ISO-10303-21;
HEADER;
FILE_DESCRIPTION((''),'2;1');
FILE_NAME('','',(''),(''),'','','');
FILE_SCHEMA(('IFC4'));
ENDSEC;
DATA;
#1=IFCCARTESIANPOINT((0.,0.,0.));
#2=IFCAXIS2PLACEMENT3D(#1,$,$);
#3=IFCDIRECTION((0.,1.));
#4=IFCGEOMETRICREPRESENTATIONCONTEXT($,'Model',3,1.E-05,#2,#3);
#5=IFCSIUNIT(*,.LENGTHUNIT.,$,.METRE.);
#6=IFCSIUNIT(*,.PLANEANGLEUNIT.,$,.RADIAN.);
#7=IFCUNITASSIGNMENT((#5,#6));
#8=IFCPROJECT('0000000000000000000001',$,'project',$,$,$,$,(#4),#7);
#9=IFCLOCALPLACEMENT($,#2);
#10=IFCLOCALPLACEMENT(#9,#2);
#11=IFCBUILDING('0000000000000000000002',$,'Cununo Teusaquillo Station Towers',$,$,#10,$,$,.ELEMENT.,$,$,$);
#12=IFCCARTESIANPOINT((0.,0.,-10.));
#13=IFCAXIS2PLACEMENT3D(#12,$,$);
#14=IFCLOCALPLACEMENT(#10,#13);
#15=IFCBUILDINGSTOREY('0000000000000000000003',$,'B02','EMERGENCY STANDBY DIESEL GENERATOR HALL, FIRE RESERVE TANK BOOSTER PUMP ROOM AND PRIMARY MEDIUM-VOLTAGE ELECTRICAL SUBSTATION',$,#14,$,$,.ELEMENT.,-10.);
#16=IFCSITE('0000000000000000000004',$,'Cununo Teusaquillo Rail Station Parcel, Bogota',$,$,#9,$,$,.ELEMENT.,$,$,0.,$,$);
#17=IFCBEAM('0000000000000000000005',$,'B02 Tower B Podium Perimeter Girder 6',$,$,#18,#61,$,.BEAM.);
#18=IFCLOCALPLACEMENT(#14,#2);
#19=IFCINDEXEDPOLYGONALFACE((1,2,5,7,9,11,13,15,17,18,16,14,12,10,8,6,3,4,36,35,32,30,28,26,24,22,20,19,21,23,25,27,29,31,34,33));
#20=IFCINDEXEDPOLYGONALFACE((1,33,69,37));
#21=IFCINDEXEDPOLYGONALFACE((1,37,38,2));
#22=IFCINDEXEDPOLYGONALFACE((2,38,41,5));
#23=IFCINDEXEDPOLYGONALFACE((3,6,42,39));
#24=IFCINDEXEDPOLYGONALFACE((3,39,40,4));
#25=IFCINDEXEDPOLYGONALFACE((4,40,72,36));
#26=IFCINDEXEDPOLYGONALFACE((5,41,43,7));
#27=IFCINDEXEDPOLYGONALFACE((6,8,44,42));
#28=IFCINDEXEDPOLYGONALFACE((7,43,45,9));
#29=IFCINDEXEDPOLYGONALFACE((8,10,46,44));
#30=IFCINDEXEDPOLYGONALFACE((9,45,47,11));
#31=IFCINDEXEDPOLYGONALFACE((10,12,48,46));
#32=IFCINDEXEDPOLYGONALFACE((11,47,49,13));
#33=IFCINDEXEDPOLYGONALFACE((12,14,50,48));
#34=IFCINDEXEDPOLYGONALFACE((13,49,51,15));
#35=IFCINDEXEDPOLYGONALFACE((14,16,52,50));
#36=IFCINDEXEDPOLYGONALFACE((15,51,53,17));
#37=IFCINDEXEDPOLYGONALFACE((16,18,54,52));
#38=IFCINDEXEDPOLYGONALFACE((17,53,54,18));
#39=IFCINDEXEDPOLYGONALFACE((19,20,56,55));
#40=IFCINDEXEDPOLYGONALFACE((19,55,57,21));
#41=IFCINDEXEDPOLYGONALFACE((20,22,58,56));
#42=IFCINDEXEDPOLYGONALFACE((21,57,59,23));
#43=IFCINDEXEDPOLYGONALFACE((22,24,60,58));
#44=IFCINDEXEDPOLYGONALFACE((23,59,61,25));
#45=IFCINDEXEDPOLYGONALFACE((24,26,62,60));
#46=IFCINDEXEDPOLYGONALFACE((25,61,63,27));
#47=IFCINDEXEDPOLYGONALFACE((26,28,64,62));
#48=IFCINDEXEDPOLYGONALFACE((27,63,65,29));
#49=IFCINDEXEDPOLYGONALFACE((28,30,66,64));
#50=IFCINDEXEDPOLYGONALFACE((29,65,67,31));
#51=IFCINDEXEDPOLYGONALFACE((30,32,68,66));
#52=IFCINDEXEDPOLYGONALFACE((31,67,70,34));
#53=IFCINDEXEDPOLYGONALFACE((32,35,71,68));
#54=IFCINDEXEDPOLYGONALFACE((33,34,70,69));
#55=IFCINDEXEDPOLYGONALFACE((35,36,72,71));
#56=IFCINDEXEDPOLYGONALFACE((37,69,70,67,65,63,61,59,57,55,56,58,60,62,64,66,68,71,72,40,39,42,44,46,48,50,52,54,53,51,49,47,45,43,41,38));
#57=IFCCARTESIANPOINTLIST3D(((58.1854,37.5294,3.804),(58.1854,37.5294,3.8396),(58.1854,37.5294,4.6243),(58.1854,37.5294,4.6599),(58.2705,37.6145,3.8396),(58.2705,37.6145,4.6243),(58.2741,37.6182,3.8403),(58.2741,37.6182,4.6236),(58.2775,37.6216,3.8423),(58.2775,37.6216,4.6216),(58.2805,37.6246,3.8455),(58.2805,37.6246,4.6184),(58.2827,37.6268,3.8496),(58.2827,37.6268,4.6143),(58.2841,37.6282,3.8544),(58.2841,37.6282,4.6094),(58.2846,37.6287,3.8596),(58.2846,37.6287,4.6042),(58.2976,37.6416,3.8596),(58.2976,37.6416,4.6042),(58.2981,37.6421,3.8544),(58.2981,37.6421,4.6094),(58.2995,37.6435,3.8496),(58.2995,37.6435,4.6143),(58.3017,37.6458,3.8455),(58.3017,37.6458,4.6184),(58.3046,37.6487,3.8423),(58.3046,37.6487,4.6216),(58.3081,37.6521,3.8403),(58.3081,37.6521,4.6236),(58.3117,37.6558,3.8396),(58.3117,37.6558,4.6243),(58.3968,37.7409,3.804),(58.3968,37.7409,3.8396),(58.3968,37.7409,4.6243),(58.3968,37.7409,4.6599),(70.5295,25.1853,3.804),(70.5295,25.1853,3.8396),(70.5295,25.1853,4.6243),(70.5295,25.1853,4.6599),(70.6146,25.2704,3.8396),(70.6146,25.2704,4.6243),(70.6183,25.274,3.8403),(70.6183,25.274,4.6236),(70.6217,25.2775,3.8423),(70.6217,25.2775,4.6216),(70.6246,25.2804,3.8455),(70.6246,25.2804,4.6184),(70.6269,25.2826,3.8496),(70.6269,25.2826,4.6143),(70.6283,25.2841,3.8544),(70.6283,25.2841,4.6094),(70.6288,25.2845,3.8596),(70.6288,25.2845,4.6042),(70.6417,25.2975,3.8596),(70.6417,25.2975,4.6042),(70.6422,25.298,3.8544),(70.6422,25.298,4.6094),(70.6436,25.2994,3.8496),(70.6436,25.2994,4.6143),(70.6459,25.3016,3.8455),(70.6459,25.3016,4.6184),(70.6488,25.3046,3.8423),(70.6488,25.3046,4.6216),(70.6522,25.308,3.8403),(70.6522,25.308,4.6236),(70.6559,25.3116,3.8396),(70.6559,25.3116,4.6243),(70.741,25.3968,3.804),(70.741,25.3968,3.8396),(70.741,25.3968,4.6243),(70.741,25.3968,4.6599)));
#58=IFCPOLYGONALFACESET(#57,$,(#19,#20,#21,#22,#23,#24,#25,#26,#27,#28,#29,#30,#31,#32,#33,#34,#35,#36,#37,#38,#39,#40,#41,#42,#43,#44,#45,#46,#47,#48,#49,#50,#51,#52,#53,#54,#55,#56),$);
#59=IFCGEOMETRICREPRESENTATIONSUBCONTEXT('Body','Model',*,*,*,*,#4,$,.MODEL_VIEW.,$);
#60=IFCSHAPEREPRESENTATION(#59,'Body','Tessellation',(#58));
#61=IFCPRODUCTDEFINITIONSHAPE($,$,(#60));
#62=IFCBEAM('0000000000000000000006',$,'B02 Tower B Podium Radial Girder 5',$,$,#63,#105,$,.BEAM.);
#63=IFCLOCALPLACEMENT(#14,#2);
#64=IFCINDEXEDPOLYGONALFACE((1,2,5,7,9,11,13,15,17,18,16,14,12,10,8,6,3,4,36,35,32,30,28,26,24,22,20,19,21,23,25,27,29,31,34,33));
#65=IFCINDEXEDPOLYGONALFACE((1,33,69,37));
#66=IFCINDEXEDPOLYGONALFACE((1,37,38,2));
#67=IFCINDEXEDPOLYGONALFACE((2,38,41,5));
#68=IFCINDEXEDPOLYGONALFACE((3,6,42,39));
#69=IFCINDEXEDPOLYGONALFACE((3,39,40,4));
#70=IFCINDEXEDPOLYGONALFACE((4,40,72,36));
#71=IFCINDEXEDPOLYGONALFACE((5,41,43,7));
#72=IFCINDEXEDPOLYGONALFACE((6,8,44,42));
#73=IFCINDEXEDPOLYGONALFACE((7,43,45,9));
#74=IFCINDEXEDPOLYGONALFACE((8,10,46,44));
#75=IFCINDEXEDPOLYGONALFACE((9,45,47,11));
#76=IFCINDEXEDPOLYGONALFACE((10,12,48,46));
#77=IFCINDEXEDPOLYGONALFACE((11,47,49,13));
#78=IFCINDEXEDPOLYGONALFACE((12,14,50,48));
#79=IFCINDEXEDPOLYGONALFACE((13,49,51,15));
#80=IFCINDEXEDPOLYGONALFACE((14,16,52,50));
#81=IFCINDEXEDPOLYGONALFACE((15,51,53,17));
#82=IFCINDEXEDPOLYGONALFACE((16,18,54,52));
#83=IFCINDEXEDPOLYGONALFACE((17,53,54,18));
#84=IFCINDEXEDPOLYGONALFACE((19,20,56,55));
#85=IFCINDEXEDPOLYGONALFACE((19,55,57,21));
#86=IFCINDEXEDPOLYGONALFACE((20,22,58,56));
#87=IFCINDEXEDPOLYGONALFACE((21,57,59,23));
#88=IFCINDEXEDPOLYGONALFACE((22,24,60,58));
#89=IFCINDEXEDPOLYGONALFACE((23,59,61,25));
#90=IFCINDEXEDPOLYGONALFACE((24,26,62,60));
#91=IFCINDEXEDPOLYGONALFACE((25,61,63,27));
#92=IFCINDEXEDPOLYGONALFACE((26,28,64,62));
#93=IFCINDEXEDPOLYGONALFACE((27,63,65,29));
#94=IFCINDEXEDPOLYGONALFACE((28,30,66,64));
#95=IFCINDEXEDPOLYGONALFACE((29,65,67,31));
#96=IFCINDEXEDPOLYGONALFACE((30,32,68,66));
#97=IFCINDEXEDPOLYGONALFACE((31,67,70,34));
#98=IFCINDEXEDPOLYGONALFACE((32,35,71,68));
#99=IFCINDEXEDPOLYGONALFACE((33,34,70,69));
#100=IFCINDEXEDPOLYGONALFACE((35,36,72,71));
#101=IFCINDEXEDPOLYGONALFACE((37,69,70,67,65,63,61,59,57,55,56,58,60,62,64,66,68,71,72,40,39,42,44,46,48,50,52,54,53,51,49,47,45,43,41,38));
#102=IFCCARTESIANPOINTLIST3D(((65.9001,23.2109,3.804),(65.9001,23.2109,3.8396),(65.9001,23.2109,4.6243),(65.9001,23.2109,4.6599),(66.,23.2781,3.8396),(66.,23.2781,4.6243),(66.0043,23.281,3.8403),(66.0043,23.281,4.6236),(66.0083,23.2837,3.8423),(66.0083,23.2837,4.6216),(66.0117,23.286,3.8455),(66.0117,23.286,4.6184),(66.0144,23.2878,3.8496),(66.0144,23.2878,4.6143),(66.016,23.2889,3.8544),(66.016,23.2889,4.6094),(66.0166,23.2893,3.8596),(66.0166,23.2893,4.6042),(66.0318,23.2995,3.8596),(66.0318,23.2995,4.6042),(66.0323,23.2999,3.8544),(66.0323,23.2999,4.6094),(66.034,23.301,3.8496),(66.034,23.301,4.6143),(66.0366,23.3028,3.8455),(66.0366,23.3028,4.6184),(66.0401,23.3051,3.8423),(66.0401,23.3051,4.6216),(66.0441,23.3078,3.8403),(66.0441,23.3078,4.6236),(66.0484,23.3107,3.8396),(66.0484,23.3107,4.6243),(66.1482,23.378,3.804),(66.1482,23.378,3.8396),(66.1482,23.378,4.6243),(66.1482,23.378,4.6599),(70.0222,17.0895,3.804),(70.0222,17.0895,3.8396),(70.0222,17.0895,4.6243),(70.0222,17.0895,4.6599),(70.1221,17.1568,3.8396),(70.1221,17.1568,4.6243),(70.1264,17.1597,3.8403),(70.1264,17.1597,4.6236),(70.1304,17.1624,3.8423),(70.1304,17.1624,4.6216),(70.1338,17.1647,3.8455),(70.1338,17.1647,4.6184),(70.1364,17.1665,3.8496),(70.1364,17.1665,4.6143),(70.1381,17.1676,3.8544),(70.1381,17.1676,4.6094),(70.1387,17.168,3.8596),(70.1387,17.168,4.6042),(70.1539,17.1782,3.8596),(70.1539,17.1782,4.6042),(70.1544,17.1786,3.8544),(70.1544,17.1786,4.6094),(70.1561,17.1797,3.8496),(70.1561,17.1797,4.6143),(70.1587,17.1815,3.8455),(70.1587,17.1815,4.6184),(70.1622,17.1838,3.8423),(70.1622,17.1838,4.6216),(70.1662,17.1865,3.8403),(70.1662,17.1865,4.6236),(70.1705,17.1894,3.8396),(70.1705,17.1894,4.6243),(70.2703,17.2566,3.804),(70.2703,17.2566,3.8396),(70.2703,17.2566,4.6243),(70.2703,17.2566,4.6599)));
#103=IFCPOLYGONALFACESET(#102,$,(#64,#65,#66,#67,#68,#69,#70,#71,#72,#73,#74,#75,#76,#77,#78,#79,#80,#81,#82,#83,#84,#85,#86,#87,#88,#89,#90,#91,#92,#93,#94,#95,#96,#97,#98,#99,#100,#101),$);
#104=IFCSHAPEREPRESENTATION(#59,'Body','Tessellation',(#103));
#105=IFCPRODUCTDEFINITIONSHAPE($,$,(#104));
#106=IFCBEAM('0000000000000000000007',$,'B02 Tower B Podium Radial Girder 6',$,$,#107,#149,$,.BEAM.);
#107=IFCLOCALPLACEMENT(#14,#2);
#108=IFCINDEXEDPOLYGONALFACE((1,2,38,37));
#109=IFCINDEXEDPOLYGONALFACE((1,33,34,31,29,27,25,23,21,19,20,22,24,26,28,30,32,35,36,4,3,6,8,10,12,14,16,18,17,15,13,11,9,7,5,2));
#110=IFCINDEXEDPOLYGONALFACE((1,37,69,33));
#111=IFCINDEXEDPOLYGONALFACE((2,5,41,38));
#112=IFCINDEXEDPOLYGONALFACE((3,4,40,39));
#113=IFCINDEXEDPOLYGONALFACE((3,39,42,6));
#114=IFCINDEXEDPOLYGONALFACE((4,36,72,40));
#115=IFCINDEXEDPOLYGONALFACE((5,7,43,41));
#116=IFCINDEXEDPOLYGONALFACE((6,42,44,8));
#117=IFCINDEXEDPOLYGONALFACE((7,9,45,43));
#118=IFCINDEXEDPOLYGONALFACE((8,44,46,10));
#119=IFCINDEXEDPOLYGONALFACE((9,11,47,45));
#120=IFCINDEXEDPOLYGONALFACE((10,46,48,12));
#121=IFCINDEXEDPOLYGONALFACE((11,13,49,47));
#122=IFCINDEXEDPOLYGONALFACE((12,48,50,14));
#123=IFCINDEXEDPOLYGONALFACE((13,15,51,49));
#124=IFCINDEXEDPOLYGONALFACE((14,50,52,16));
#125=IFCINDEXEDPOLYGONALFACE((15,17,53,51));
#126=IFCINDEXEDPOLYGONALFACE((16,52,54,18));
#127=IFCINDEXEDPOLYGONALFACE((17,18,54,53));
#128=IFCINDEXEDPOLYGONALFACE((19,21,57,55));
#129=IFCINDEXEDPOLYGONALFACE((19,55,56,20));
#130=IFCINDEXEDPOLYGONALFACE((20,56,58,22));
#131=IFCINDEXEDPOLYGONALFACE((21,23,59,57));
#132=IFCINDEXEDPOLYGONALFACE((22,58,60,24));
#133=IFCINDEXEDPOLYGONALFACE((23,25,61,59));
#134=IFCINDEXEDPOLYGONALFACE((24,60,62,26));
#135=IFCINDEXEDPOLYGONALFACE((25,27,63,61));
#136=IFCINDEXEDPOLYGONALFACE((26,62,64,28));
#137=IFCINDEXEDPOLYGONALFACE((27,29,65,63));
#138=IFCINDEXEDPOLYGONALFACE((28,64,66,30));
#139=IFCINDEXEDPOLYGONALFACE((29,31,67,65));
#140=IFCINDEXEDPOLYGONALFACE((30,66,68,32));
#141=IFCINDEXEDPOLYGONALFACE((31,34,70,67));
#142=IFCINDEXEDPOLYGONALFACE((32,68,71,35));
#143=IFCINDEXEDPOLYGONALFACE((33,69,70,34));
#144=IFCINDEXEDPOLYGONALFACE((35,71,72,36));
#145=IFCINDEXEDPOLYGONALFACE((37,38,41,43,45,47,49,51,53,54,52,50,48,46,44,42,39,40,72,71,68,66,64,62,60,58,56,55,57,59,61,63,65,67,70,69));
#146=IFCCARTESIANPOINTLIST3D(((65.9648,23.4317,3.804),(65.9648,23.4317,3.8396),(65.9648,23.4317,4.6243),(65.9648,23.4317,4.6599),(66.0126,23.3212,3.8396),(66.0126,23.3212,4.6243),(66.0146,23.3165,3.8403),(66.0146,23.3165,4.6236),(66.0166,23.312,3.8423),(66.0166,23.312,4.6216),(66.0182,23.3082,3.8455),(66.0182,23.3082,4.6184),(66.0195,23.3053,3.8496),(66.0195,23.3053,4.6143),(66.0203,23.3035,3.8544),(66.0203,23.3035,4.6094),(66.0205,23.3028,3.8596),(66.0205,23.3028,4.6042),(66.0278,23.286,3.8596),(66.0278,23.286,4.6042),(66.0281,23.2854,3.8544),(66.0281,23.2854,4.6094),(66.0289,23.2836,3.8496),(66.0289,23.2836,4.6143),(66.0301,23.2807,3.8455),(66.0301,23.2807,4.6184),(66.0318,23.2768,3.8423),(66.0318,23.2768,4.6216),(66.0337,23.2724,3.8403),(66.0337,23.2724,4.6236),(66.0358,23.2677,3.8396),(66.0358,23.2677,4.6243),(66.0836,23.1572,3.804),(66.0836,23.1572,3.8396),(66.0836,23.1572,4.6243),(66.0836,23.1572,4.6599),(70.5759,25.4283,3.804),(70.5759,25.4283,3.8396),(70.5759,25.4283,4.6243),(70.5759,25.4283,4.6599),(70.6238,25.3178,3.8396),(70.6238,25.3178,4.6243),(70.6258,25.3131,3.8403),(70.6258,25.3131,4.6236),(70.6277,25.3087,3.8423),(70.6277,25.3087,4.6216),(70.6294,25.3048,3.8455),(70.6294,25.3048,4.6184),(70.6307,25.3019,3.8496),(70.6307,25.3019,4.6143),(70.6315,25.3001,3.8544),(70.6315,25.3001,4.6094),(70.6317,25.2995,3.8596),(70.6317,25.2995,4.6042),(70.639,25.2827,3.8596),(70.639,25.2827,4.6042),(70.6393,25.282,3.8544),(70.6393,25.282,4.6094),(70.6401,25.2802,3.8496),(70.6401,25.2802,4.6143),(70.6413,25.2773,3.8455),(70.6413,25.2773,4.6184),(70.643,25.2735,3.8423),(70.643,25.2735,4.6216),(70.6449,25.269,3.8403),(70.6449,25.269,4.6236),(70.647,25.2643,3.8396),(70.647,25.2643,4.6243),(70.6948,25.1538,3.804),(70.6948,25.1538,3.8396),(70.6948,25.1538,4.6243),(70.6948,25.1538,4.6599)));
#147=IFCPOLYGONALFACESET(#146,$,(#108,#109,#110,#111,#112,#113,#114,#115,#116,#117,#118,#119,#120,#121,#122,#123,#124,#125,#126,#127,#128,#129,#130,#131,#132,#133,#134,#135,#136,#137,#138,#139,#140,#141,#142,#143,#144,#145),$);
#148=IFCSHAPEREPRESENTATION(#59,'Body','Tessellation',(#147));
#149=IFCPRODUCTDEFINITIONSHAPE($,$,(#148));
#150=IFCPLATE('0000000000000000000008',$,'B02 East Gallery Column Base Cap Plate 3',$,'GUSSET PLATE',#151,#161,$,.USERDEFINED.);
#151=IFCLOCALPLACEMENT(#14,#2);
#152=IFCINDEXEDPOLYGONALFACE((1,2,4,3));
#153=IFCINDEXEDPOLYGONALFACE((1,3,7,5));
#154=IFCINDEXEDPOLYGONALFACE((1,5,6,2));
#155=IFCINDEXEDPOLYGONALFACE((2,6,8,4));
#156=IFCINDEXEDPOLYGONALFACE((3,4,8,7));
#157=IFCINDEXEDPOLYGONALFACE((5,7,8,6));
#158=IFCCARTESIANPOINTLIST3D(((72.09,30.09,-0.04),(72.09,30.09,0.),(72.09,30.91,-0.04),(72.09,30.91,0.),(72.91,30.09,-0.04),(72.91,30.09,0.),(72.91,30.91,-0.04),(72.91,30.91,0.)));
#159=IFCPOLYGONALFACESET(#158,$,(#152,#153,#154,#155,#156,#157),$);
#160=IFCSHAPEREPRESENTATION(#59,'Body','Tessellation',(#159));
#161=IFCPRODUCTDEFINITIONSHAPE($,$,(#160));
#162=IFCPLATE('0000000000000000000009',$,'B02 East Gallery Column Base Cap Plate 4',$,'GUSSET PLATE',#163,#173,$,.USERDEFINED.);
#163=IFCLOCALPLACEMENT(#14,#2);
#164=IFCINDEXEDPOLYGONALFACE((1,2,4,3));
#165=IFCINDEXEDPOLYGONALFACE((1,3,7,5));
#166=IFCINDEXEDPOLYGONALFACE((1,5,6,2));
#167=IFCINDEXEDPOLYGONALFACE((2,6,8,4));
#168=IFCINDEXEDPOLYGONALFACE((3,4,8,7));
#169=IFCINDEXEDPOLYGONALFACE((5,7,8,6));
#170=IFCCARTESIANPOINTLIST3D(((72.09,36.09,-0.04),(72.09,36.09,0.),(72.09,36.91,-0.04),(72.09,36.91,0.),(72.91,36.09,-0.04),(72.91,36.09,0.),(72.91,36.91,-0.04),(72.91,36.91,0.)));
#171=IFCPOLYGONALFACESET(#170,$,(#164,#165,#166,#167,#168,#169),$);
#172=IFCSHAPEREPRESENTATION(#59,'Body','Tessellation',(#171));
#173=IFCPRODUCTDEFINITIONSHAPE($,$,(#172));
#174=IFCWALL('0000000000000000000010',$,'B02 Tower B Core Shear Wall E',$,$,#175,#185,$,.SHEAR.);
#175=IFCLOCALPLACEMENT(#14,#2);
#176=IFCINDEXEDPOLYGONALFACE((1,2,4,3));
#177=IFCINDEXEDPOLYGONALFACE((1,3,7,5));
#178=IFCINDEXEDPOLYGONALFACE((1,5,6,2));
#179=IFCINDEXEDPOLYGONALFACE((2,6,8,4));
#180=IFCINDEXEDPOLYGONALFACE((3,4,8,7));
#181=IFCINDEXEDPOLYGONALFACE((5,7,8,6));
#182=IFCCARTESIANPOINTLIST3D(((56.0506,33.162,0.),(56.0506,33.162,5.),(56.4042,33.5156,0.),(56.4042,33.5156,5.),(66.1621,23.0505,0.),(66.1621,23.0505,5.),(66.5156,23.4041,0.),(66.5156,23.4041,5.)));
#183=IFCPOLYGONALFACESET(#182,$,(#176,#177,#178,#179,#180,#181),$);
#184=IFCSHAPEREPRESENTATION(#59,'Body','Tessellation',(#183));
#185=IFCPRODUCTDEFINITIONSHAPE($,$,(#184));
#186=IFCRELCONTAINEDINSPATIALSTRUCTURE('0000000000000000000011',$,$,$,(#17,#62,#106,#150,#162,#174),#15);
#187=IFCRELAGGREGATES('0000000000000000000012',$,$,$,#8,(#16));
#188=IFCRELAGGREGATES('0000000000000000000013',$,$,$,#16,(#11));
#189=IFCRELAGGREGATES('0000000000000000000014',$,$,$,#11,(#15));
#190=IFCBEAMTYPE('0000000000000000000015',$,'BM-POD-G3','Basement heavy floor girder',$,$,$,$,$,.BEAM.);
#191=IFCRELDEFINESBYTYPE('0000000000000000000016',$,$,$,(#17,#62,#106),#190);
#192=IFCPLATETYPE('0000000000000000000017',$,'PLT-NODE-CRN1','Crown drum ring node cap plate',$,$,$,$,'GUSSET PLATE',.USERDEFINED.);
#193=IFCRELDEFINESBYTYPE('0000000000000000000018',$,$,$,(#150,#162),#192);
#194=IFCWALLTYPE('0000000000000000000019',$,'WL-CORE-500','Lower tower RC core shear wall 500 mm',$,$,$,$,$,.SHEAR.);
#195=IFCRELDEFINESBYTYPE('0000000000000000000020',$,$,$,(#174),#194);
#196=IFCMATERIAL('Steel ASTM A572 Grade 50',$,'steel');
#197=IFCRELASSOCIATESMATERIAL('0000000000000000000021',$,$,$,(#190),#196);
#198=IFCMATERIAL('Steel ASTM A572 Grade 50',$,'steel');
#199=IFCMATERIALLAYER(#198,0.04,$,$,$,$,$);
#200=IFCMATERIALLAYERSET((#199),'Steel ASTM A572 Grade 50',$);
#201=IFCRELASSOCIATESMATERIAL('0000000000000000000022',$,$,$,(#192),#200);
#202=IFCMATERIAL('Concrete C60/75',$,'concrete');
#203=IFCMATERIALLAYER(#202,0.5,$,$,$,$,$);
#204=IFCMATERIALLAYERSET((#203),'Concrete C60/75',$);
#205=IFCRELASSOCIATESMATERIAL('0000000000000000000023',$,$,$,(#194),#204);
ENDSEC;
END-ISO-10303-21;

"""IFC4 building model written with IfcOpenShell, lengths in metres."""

from ifc_helpers import new_model, si_unit, direction, frame, frame_2d, origin, origin_2d, place, context, subcontext, project, spatial, rectangle, i_section, extrude, source, transform, mapped, material, layer, layer_set, material_profile, profile_set, type_object, element, save


model = new_model("IFC4")

# Units and contexts
model_context = context("Model", 3, precision=1e-05, world=origin(), true_north=direction((0.0, 1.0)))
body_context = subcontext(model_context, "Body", "Model", "MODEL_VIEW")
ifc_project = project(units=[si_unit("LENGTHUNIT", "METRE"), si_unit("PLANEANGLEUNIT", "RADIAN")], contexts=[model_context])

# Site, building, storey
site_placement = place(None, origin())
site = spatial("IfcSite", under=ifc_project, at=site_placement, Name="Cununo Teusaquillo Rail Station Parcel, Bogota", CompositionType="ELEMENT", RefElevation=0.0)
building_placement = place(site_placement, origin())
building = spatial("IfcBuilding", under=site, at=building_placement, Name="Cununo Teusaquillo Station Towers", CompositionType="ELEMENT")
storey_placement = place(building_placement, frame((0.0, 0.0, -10.0)))
storey = spatial("IfcBuildingStorey", under=building, at=storey_placement, Name="B02", Description="EMERGENCY STANDBY DIESEL GENERATOR HALL, FIRE RESERVE TANK BOOSTER PUMP ROOM AND PRIMARY MEDIUM-VOLTAGE ELECTRICAL SUBSTATION", CompositionType="ELEMENT", Elevation=-10.0)

# Beams
ifc_material_1 = material(Name="Steel ASTM A572 Grade 50", Category="steel")
ifc_material_profile_1 = material_profile(ifc_material_1, i_section(OverallWidth=0.2991, OverallDepth=0.856, WebThickness=0.0183, FlangeThickness=0.0356, FilletRadius=0.02, at=origin_2d()), Name="W33X201")
ifc_profile_set_1 = profile_set([ifc_material_profile_1], Name="Steel ASTM A572 Grade 50")
beam_type_1 = type_object("IfcBeamType", Name="BM-POD-G3", Description="Basement heavy floor girder", PredefinedType="BEAM", material=ifc_profile_set_1)
beam_1_placement = place(storey_placement, frame((70.6353, 25.291, 4.2319), z_axis=(-0.707107, 0.707107, 0.0), x_axis=(-0.707107, -0.707107, 0.0)))
element("IfcBeam", 1, at=beam_1_placement, inside=storey, type_object=beam_type_1, Name="B02 Tower B Podium Perimeter Girder 6", PredefinedType="BEAM", context=body_context, shape_type="SweptSolid", body=[
    extrude(i_section(OverallWidth=0.2991, OverallDepth=0.856, WebThickness=0.0183, FlangeThickness=0.0356, FilletRadius=0.02, at=origin_2d()), origin(), (0.0, 0.0, 1.0), 17.4573),
])
beam_2_placement = place(storey_placement, frame((66.0242, 23.2944, 4.2319), z_axis=(0.558557, -0.829466, 0.0), x_axis=(0.829466, 0.558557, 0.0)))
element("IfcBeam", 2, at=beam_2_placement, inside=storey, type_object=beam_type_1, Name="B02 Tower B Podium Radial Girder 5", PredefinedType="BEAM", context=body_context, shape_type="SweptSolid", body=[
    extrude(i_section(OverallWidth=0.2991, OverallDepth=0.856, WebThickness=0.0183, FlangeThickness=0.0356, FilletRadius=0.02, at=origin_2d()), origin(), (0.0, 0.0, 1.0), 7.3799),
])
beam_3_placement = place(storey_placement, frame((66.0242, 23.2944, 4.2319), z_axis=(0.917668, 0.397347, 0.0), x_axis=(-0.397347, 0.917668, 0.0)))
element("IfcBeam", 3, at=beam_3_placement, inside=storey, type_object=beam_type_1, Name="B02 Tower B Podium Radial Girder 6", PredefinedType="BEAM", context=body_context, shape_type="SweptSolid", body=[
    extrude(i_section(OverallWidth=0.2991, OverallDepth=0.856, WebThickness=0.0183, FlangeThickness=0.0356, FilletRadius=0.02, at=origin_2d()), origin(), (0.0, 0.0, 1.0), 5.0249),
])

# Plates
ifc_material_2 = material(Name="Steel ASTM A572 Grade 50", Category="steel")
ifc_layer_1 = layer(ifc_material_2, 0.04)
ifc_layer_set_1 = layer_set([ifc_layer_1], Name="Steel ASTM A572 Grade 50")
plate_type = type_object("IfcPlateType", Name="PLT-NODE-CRN1", Description="Crown drum ring node cap plate", ElementType="GUSSET PLATE", PredefinedType="USERDEFINED", material=ifc_layer_set_1)
shared_shape_1 = source(origin(), body_context, "Body", "SweptSolid", [
    extrude(rectangle(XDim=0.8201, YDim=0.8201, at=origin_2d()), origin(), (0.0, 0.0, 1.0), 0.04),
])
for number, where, z_axis, x_axis, name in (
    (4, (72.5, 30.5, -0.04), (0.0, 0.0, 1.0), (1.0, 0.0, 0.0), "B02 East Gallery Column Base Cap Plate 3"),
    (5, (72.5, 36.5, -0.04), (0.0, 0.0, 1.0), (1.0, 0.0, 0.0), "B02 East Gallery Column Base Cap Plate 4"),
):
    element("IfcPlate", number, at=place(storey_placement, frame(where, z_axis=z_axis, x_axis=x_axis)), inside=storey, type_object=plate_type, Name=name, ObjectType="GUSSET PLATE", PredefinedType="USERDEFINED", context=body_context, shape_type="MappedRepresentation", body=[
        mapped(shared_shape_1, transform((0.0, 0.0, 0.0), x_axis=(1.0, 0.0, 0.0), y_axis=(0.0, 1.0, 0.0), z_axis=(0.0, 0.0, 1.0), scale=1.0)),
    ])

# Wall
ifc_material_3 = material(Name="Concrete C60/75", Category="concrete")
ifc_layer_2 = layer(ifc_material_3, 0.5)
ifc_layer_set_2 = layer_set([ifc_layer_2], Name="Concrete C60/75")
wall_type_1 = type_object("IfcWallType", Name="WL-CORE-500", Description="Lower tower RC core shear wall 500 mm", PredefinedType="SHEAR", material=ifc_layer_set_2)
wall_1_placement = place(storey_placement, frame((66.3389, 23.2273, 0.0), z_axis=(0.0, 0.0, 1.0), x_axis=(-0.707107, 0.707107, 0.0)))
element("IfcWall", 6, at=wall_1_placement, inside=storey, type_object=wall_type_1, Name="B02 Tower B Core Shear Wall E", PredefinedType="SHEAR", context=body_context, shape_type="SweptSolid", body=[
    extrude(rectangle(XDim=14.2998, YDim=0.5, at=frame_2d((7.1499, 0.0))), origin(), (0.0, 0.0, 1.0), 5.0),
])

save(model, "model.ifc")
